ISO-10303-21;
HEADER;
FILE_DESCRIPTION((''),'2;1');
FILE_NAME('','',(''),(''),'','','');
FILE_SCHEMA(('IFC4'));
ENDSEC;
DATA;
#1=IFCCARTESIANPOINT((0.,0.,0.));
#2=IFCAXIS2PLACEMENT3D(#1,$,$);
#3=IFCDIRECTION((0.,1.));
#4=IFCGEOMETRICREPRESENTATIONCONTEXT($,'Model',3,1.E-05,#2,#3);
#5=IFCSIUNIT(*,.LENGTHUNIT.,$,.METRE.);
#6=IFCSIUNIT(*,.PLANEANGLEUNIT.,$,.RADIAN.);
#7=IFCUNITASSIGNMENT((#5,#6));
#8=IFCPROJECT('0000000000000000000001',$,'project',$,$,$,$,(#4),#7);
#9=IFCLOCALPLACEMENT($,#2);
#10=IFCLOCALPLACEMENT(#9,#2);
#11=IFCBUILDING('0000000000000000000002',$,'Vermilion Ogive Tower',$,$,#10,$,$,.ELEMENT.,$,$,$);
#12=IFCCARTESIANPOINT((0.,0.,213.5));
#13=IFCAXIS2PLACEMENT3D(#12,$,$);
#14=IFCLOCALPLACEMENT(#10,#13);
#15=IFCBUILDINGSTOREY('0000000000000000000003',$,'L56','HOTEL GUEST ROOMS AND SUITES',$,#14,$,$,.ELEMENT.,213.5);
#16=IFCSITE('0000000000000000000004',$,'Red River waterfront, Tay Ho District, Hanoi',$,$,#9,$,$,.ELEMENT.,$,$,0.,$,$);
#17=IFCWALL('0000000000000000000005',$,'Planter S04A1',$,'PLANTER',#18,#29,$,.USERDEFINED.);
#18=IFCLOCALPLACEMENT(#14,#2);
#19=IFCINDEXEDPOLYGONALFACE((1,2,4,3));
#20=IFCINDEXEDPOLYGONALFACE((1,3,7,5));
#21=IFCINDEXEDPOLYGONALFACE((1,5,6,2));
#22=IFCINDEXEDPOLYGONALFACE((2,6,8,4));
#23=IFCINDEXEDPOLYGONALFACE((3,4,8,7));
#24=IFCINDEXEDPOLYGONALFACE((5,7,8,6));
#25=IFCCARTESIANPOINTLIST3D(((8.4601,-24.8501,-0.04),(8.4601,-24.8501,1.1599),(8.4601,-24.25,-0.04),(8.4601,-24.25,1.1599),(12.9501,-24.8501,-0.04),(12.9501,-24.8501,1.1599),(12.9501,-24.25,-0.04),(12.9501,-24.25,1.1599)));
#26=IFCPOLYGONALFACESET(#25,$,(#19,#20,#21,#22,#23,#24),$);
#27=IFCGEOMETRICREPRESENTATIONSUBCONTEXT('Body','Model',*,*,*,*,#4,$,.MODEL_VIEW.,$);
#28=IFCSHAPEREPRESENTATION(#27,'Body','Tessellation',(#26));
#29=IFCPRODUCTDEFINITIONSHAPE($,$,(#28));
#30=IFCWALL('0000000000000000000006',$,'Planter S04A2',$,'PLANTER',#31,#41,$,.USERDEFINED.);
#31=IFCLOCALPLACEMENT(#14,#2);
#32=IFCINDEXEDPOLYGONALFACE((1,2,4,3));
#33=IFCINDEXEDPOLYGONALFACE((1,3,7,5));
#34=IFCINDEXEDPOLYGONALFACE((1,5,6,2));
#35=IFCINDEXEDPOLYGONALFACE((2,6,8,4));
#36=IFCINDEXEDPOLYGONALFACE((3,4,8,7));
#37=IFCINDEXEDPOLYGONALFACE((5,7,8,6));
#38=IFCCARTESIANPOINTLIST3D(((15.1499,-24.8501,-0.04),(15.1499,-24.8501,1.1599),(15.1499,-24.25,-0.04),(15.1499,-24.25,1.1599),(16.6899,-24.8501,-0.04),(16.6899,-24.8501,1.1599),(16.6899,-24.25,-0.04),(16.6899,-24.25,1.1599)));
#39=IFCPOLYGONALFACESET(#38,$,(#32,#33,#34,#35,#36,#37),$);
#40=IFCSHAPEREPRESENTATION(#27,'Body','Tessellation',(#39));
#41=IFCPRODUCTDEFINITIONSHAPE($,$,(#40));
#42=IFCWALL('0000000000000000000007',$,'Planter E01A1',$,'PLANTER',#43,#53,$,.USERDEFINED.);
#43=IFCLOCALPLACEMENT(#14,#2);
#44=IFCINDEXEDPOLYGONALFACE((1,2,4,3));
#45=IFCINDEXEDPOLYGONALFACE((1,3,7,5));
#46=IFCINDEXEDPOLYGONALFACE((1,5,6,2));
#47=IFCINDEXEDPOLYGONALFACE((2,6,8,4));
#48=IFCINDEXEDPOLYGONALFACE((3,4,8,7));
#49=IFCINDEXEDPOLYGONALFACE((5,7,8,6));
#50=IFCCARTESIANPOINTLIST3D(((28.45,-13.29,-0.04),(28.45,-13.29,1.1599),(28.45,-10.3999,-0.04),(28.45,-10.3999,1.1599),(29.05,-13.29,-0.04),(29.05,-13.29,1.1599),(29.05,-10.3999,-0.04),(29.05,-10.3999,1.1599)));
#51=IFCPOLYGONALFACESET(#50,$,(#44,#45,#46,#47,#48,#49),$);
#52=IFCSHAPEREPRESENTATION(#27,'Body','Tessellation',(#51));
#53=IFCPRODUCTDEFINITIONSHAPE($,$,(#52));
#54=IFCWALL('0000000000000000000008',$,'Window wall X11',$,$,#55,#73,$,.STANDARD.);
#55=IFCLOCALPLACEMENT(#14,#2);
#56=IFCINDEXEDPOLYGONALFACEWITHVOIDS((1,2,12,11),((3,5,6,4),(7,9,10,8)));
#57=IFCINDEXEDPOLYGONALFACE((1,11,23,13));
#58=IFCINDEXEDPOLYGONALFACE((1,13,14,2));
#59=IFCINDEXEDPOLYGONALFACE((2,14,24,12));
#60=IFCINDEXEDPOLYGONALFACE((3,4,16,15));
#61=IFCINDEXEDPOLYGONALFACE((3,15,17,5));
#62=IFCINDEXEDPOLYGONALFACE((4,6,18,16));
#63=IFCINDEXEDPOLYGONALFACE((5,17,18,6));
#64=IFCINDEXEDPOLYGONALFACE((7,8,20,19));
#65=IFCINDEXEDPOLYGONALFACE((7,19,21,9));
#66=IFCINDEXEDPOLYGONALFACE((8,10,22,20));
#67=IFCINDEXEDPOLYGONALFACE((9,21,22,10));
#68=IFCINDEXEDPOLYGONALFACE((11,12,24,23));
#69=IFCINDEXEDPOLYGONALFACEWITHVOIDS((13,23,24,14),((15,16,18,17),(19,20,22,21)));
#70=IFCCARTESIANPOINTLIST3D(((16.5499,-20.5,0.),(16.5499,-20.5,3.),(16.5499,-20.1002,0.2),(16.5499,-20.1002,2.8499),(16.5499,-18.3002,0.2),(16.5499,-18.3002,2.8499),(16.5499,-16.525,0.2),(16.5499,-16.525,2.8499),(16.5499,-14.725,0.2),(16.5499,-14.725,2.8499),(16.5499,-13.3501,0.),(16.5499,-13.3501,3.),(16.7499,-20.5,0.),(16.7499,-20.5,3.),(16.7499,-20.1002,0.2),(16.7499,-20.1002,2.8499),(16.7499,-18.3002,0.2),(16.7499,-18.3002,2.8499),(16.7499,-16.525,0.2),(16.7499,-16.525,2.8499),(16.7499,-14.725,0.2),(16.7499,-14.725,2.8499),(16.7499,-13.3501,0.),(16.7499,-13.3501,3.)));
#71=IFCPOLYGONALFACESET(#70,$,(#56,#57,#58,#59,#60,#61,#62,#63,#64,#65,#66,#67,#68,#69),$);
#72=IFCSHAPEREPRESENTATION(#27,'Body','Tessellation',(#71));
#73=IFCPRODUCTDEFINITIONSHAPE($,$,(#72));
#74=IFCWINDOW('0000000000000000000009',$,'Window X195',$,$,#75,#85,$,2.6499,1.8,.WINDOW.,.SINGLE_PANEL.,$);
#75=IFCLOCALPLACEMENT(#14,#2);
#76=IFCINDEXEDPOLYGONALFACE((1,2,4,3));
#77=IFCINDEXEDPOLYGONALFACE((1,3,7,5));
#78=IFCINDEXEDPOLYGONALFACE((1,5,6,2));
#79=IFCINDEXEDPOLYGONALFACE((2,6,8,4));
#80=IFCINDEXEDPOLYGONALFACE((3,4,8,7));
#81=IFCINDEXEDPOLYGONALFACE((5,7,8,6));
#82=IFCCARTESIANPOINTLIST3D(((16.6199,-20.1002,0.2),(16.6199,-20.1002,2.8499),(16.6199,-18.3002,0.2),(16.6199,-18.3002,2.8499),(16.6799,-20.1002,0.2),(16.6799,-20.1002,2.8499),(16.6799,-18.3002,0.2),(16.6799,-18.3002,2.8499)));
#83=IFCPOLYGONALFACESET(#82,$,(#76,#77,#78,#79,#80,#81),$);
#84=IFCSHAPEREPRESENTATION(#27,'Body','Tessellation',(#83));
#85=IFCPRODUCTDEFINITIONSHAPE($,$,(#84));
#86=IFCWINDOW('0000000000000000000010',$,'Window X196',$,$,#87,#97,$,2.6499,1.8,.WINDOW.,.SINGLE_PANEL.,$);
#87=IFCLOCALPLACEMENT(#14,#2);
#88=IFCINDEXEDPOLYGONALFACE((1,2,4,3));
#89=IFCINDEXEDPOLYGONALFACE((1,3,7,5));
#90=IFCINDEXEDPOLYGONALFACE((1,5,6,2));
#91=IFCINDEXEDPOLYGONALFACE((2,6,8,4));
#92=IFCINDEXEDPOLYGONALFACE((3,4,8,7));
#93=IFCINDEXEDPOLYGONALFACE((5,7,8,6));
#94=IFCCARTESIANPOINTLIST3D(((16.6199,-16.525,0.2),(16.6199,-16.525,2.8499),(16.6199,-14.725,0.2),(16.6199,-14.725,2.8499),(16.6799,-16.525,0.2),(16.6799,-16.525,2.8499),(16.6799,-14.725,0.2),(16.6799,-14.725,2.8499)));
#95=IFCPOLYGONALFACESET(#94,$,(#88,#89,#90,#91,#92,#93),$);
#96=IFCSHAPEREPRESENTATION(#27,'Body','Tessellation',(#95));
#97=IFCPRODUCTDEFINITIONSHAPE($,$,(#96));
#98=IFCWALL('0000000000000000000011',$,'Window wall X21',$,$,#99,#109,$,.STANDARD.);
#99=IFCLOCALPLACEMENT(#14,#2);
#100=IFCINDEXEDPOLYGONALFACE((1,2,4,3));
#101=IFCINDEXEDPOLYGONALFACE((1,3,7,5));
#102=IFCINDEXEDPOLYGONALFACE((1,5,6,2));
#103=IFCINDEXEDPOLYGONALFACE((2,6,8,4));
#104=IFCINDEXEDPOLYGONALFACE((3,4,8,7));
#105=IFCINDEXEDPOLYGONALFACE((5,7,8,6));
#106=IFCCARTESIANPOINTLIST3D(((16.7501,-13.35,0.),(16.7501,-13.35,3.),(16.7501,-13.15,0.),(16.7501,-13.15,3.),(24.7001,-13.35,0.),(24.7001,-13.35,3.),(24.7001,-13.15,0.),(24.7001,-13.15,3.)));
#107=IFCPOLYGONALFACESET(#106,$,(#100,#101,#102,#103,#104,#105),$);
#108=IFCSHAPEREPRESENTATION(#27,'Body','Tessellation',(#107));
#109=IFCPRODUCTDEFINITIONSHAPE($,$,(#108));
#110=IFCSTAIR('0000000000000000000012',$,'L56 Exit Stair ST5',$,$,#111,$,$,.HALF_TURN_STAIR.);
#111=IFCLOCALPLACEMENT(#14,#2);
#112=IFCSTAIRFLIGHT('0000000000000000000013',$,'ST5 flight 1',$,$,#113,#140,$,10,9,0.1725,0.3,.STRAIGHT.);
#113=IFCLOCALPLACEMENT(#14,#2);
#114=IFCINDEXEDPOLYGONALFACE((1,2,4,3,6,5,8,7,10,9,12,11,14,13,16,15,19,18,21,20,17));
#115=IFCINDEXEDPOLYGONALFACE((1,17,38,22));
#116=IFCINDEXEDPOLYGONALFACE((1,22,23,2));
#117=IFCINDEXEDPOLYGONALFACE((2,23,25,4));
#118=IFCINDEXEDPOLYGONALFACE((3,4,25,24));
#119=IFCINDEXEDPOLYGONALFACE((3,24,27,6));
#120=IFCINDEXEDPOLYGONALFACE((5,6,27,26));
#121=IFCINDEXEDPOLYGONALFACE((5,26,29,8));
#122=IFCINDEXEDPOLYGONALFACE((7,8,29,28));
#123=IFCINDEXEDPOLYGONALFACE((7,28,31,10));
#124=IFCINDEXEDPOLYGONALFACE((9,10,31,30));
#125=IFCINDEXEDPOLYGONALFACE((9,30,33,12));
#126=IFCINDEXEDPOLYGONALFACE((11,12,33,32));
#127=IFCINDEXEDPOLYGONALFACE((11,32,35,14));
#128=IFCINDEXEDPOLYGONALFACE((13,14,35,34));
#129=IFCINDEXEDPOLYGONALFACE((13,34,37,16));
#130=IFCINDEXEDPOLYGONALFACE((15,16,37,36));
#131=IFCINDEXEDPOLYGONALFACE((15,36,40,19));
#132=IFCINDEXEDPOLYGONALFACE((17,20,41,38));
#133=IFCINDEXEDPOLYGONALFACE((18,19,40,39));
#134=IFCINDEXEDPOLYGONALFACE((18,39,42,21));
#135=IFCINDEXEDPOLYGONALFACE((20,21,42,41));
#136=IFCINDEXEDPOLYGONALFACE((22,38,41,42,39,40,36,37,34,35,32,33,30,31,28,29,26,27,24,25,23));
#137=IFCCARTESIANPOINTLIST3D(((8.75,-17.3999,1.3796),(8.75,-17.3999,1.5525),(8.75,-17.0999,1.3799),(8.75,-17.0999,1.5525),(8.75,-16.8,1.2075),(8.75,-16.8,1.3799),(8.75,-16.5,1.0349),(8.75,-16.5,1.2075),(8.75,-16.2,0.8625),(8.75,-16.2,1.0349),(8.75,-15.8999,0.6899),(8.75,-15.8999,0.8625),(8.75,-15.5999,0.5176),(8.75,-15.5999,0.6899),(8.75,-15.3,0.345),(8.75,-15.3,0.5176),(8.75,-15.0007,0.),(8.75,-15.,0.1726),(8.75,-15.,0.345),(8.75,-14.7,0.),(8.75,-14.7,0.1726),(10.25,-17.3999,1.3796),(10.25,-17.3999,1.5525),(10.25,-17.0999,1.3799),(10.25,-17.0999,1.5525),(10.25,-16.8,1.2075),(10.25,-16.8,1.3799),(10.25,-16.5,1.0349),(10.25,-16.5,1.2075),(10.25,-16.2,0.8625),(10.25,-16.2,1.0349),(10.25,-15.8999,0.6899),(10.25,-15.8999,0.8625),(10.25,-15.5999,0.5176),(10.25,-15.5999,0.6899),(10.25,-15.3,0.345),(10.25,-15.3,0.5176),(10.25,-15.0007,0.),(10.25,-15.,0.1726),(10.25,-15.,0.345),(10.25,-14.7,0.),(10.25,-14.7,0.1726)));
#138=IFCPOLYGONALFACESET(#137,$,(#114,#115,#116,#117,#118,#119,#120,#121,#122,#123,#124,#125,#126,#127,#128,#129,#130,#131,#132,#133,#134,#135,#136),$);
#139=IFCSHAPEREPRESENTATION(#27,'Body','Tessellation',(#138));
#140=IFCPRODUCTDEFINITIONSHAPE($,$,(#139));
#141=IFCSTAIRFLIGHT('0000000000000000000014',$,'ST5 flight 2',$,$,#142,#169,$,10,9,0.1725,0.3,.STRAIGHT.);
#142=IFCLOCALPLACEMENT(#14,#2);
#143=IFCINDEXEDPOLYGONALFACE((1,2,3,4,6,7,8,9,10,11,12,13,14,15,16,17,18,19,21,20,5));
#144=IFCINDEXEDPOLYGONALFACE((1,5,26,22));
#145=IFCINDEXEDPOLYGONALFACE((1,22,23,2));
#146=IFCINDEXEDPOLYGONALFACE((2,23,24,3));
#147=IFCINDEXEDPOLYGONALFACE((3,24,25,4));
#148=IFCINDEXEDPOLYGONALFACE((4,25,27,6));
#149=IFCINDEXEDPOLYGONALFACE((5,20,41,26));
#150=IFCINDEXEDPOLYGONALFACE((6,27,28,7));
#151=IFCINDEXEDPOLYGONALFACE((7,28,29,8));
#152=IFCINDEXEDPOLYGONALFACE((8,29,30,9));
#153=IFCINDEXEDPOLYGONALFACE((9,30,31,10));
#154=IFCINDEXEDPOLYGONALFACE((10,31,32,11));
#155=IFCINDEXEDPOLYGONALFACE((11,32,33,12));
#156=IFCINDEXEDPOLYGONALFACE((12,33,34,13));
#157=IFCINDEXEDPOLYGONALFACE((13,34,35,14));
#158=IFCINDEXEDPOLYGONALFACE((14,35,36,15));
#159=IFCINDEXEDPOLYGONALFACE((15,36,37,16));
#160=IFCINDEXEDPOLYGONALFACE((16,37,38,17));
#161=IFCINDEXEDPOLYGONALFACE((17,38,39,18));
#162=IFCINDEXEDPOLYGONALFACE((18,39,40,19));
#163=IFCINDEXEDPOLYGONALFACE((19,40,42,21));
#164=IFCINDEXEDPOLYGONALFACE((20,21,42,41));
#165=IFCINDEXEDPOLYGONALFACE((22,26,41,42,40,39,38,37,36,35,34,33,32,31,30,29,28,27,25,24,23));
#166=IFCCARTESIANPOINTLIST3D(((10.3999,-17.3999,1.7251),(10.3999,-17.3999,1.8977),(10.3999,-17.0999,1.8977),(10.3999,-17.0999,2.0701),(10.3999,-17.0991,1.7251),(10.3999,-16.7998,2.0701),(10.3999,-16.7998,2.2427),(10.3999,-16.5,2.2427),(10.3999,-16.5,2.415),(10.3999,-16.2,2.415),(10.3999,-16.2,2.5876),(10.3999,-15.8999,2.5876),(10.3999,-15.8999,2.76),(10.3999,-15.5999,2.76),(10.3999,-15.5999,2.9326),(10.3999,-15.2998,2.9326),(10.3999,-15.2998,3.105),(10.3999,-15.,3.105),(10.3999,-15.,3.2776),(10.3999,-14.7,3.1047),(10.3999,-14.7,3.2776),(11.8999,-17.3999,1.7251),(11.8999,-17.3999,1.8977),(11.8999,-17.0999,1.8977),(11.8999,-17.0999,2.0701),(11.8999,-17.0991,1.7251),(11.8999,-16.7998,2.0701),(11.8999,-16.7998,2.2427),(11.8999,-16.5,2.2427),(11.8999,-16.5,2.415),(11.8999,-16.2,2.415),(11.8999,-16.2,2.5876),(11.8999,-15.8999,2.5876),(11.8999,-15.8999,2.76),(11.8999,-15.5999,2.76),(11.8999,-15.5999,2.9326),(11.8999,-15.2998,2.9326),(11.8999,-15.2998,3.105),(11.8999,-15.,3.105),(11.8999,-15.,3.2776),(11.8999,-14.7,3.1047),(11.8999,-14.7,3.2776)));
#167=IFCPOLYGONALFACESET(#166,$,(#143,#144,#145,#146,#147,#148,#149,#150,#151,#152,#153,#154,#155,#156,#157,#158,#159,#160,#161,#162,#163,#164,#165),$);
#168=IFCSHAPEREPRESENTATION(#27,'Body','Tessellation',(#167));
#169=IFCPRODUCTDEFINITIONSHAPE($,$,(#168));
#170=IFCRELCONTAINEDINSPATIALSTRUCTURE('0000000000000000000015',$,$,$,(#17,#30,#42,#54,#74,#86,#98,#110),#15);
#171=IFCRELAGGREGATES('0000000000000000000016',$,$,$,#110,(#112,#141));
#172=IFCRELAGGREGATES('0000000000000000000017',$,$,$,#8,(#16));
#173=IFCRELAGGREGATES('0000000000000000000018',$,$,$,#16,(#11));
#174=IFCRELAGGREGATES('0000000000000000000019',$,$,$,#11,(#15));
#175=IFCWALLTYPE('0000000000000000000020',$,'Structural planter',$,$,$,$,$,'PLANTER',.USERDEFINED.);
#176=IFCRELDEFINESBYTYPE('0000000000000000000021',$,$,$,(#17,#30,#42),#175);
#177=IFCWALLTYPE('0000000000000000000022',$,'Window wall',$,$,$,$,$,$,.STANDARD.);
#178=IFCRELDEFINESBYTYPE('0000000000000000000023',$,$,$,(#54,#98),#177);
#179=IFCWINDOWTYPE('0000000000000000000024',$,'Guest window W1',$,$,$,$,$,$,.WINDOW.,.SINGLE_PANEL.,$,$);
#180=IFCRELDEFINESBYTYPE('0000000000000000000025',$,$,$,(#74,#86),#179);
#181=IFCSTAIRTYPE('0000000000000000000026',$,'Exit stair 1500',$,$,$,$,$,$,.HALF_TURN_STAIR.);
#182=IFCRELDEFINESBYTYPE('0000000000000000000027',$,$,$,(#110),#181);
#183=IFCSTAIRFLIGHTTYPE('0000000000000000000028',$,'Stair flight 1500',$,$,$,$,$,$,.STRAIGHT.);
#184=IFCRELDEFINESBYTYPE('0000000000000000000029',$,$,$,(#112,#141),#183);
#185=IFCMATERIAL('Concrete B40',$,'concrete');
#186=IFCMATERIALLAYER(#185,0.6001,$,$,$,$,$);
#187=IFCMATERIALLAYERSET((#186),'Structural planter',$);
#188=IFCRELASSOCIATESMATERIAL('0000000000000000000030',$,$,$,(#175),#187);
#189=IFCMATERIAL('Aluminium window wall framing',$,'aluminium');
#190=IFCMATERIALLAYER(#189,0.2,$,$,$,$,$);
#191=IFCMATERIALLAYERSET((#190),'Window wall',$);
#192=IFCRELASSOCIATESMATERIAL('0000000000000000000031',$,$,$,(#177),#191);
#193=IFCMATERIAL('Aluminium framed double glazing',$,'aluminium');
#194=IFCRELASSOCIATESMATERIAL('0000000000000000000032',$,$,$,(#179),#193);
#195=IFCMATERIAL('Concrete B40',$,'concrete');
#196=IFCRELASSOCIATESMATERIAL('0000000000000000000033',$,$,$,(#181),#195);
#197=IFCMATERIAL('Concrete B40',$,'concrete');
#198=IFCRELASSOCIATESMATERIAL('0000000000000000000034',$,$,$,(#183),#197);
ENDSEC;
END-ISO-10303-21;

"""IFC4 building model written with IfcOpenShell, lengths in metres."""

from ifc_helpers import new_model, si_unit, direction, frame, frame_2d, origin, place, context, subcontext, project, spatial, polyline, rectangle, outline, extrude, material, layer, layer_set, type_object, element, fill, aggregate, save


model = new_model("IFC4")

# Units and contexts
model_context = context("Model", 3, precision=1e-05, world=origin(), true_north=direction((0.0, 1.0)))
body_context = subcontext(model_context, "Body", "Model", "MODEL_VIEW")
ifc_project = project(units=[si_unit("LENGTHUNIT", "METRE"), si_unit("PLANEANGLEUNIT", "RADIAN")], contexts=[model_context])

# Site, building, storey
site_placement = place(None, origin())
site = spatial("IfcSite", under=ifc_project, at=site_placement, Name="Red River waterfront, Tay Ho District, Hanoi", CompositionType="ELEMENT", RefElevation=0.0)
building_placement = place(site_placement, origin())
building = spatial("IfcBuilding", under=site, at=building_placement, Name="Vermilion Ogive Tower", CompositionType="ELEMENT")
storey_placement = place(building_placement, frame((0.0, 0.0, 213.5)))
storey = spatial("IfcBuildingStorey", under=building, at=storey_placement, Name="L56", Description="HOTEL GUEST ROOMS AND SUITES", CompositionType="ELEMENT", Elevation=213.5)

# Walls
ifc_material_1 = material(Name="Concrete B40", Category="concrete")
ifc_layer_1 = layer(ifc_material_1, 0.6001)
ifc_layer_set_1 = layer_set([ifc_layer_1], Name="Structural planter")
wall_type_1 = type_object("IfcWallType", Name="Structural planter", ElementType="PLANTER", PredefinedType="USERDEFINED", material=ifc_layer_set_1)
wall_1_placement = place(storey_placement, frame((8.46, -24.55, -0.04), z_axis=(0.0, 0.0, 1.0), x_axis=(1.0, 0.0, 0.0)))
element("IfcWall", 1, at=wall_1_placement, inside=storey, type_object=wall_type_1, Name="Planter S04A1", ObjectType="PLANTER", PredefinedType="USERDEFINED", context=body_context, shape_type="SweptSolid", body=[
    extrude(rectangle(XDim=4.49, YDim=0.6001, at=frame_2d((2.2451, 0.0))), origin(), (0.0, 0.0, 1.0), 1.2),
])
wall_2_placement = place(storey_placement, frame((15.1499, -24.55, -0.04), z_axis=(0.0, 0.0, 1.0), x_axis=(1.0, 0.0, 0.0)))
element("IfcWall", 2, at=wall_2_placement, inside=storey, type_object=wall_type_1, Name="Planter S04A2", ObjectType="PLANTER", PredefinedType="USERDEFINED", context=body_context, shape_type="SweptSolid", body=[
    extrude(rectangle(XDim=1.54, YDim=0.6001, at=frame_2d((0.77, 0.0))), origin(), (0.0, 0.0, 1.0), 1.2),
])
wall_3_placement = place(storey_placement, frame((28.75, -13.29, -0.04), z_axis=(0.0, 0.0, 1.0), x_axis=(0.0, 1.0, 0.0)))
element("IfcWall", 3, at=wall_3_placement, inside=storey, type_object=wall_type_1, Name="Planter E01A1", ObjectType="PLANTER", PredefinedType="USERDEFINED", context=body_context, shape_type="SweptSolid", body=[
    extrude(rectangle(XDim=2.8901, YDim=0.6001, at=frame_2d((1.4451, 0.0))), origin(), (0.0, 0.0, 1.0), 1.2),
])

# Shared definitions
ifc_material_2 = material(Name="Aluminium window wall framing", Category="aluminium")
ifc_layer_2 = layer(ifc_material_2, 0.2)
ifc_layer_set_2 = layer_set([ifc_layer_2], Name="Window wall")
wall_type_2 = type_object("IfcWallType", Name="Window wall", PredefinedType="STANDARD", material=ifc_layer_set_2)

# Wall, openings, windows
wall_4_placement = place(storey_placement, frame((16.6499, -20.5, 0.0), z_axis=(0.0, 0.0, 1.0), x_axis=(0.0, 1.0, 0.0)))
wall_4 = element("IfcWall", 4, at=wall_4_placement, inside=storey, type_object=wall_type_2, Name="Window wall X11", PredefinedType="STANDARD", context=body_context, shape_type="SweptSolid", body=[
    extrude(rectangle(XDim=7.1499, YDim=0.2, at=frame_2d((3.575, 0.0))), origin(), (0.0, 0.0, 1.0), 3.0),
])
opening_1_placement = place(wall_4_placement, frame((0.3999, 0.0, 0.2)))
opening_1 = element("IfcOpeningElement", 5, at=opening_1_placement, cuts=wall_4, PredefinedType="OPENING", context=body_context, shape_type="SweptSolid", body=[
    extrude(rectangle(XDim=1.8, YDim=2.6499, at=frame_2d((0.8999, 1.325))), frame((0.0, 0.1099, 0.0), z_axis=(0.0, -1.0, 0.0), x_axis=(1.0, 0.0, 0.0)), (0.0, 0.0, 1.0), 0.22),
])
opening_2_placement = place(wall_4_placement, frame((3.9751, 0.0, 0.2)))
opening_2 = element("IfcOpeningElement", 6, at=opening_2_placement, cuts=wall_4, PredefinedType="OPENING", context=body_context, shape_type="SweptSolid", body=[
    extrude(rectangle(XDim=1.8, YDim=2.6499, at=frame_2d((0.8999, 1.325))), frame((0.0, 0.1099, 0.0), z_axis=(0.0, -1.0, 0.0), x_axis=(1.0, 0.0, 0.0)), (0.0, 0.0, 1.0), 0.22),
])
ifc_material_3 = material(Name="Aluminium framed double glazing", Category="aluminium")
window_type = type_object("IfcWindowType", Name="Guest window W1", PartitioningType="SINGLE_PANEL", PredefinedType="WINDOW", material=ifc_material_3)
window_1_placement = place(opening_1_placement, origin())
window_1 = element("IfcWindow", 7, at=window_1_placement, inside=storey, type_object=window_type, Name="Window X195", OverallHeight=2.6499, OverallWidth=1.8, PartitioningType="SINGLE_PANEL", PredefinedType="WINDOW", context=body_context, shape_type="SweptSolid", body=[
    extrude(rectangle(XDim=1.8, YDim=2.6499, at=frame_2d((0.8999, 1.325))), frame((0.0, 0.03, 0.0), z_axis=(0.0, -1.0, 0.0), x_axis=(1.0, 0.0, 0.0)), (0.0, 0.0, 1.0), 0.0601),
])
fill(opening_1, window_1)
window_2_placement = place(opening_2_placement, origin())
window_2 = element("IfcWindow", 8, at=window_2_placement, inside=storey, type_object=window_type, Name="Window X196", OverallHeight=2.6499, OverallWidth=1.8, PartitioningType="SINGLE_PANEL", PredefinedType="WINDOW", context=body_context, shape_type="SweptSolid", body=[
    extrude(rectangle(XDim=1.8, YDim=2.6499, at=frame_2d((0.8999, 1.325))), frame((0.0, 0.03, 0.0), z_axis=(0.0, -1.0, 0.0), x_axis=(1.0, 0.0, 0.0)), (0.0, 0.0, 1.0), 0.0601),
])
fill(opening_2, window_2)

# Wall
wall_5_placement = place(storey_placement, frame((16.75, -13.25, 0.0), z_axis=(0.0, 0.0, 1.0), x_axis=(1.0, 0.0, 0.0)))
element("IfcWall", 9, at=wall_5_placement, inside=storey, type_object=wall_type_2, Name="Window wall X21", PredefinedType="STANDARD", context=body_context, shape_type="SweptSolid", body=[
    extrude(rectangle(XDim=7.95, YDim=0.2, at=frame_2d((3.9751, 0.0))), origin(), (0.0, 0.0, 1.0), 3.0),
])

# Stair, stair flights
ifc_material_4 = material(Name="Concrete B40", Category="concrete")
stair_type = type_object("IfcStairType", Name="Exit stair 1500", PredefinedType="HALF_TURN_STAIR", material=ifc_material_4)
stair_placement = place(storey_placement, origin())
stair = element("IfcStair", 10, at=stair_placement, inside=storey, type_object=stair_type, Name="L56 Exit Stair ST5", PredefinedType="HALF_TURN_STAIR")
ifc_material_5 = material(Name="Concrete B40", Category="concrete")
stair_flight_type = type_object("IfcStairFlightType", Name="Stair flight 1500", PredefinedType="STRAIGHT", material=ifc_material_5)
stair_flight_1_placement = place(storey_placement, frame((9.5, -14.7, 0.0), z_axis=(0.0, 0.0, 1.0), x_axis=(0.0, -1.0, 0.0)))
stair_flight_1 = element("IfcStairFlight", 11, at=stair_flight_1_placement, type_object=stair_flight_type, Name="ST5 flight 1", NumberOfRisers=10, NumberOfTreads=9, PredefinedType="STRAIGHT", RiserHeight=0.1725, TreadLength=0.3, context=body_context, shape_type="SweptSolid", body=[
    extrude(outline(polyline([(0.0, 0.0), (0.0, 0.1726), (0.3, 0.1726), (0.3, 0.345), (0.6001, 0.345), (0.6001, 0.5176), (0.8999, 0.5176), (0.8999, 0.6899), (1.2, 0.6899), (1.2, 0.8625), (1.5, 0.8625), (1.5, 1.0349), (1.8, 1.0349), (1.8, 1.2075), (2.1001, 1.2075), (2.1001, 1.3799), (2.3999, 1.3799), (2.3999, 1.5525), (2.7, 1.5525), (2.7, 1.7251), (2.7, 1.3796), (0.3008, 0.0), (0.0, 0.0)])), frame((0.0, 0.75, 0.0), z_axis=(0.0, -1.0, 0.0), x_axis=(1.0, 0.0, 0.0)), (0.0, 0.0, 1.0), 1.5),
])
stair_flight_2_placement = place(storey_placement, frame((11.1499, -17.3999, 1.7251), z_axis=(0.0, 0.0, 1.0), x_axis=(0.0, 1.0, 0.0)))
stair_flight_2 = element("IfcStairFlight", 12, at=stair_flight_2_placement, type_object=stair_flight_type, Name="ST5 flight 2", NumberOfRisers=10, NumberOfTreads=9, PredefinedType="STRAIGHT", RiserHeight=0.1725, TreadLength=0.3, context=body_context, shape_type="SweptSolid", body=[
    extrude(outline(polyline([(0.0, 0.0), (0.0, 0.1726), (0.3, 0.1726), (0.3, 0.345), (0.6001, 0.345), (0.6001, 0.5176), (0.8999, 0.5176), (0.8999, 0.6899), (1.2, 0.6899), (1.2, 0.8625), (1.5, 0.8625), (1.5, 1.0349), (1.8, 1.0349), (1.8, 1.2075), (2.1001, 1.2075), (2.1001, 1.3799), (2.3999, 1.3799), (2.3999, 1.5525), (2.7, 1.5525), (2.7, 1.7251), (2.7, 1.3796), (0.3008, 0.0), (0.0, 0.0)])), frame((0.0, 0.75, 0.0), z_axis=(0.0, -1.0, 0.0), x_axis=(1.0, 0.0, 0.0)), (0.0, 0.0, 1.0), 1.5),
])
aggregate(stair, [stair_flight_1, stair_flight_2])

save(model, "model.ifc")
